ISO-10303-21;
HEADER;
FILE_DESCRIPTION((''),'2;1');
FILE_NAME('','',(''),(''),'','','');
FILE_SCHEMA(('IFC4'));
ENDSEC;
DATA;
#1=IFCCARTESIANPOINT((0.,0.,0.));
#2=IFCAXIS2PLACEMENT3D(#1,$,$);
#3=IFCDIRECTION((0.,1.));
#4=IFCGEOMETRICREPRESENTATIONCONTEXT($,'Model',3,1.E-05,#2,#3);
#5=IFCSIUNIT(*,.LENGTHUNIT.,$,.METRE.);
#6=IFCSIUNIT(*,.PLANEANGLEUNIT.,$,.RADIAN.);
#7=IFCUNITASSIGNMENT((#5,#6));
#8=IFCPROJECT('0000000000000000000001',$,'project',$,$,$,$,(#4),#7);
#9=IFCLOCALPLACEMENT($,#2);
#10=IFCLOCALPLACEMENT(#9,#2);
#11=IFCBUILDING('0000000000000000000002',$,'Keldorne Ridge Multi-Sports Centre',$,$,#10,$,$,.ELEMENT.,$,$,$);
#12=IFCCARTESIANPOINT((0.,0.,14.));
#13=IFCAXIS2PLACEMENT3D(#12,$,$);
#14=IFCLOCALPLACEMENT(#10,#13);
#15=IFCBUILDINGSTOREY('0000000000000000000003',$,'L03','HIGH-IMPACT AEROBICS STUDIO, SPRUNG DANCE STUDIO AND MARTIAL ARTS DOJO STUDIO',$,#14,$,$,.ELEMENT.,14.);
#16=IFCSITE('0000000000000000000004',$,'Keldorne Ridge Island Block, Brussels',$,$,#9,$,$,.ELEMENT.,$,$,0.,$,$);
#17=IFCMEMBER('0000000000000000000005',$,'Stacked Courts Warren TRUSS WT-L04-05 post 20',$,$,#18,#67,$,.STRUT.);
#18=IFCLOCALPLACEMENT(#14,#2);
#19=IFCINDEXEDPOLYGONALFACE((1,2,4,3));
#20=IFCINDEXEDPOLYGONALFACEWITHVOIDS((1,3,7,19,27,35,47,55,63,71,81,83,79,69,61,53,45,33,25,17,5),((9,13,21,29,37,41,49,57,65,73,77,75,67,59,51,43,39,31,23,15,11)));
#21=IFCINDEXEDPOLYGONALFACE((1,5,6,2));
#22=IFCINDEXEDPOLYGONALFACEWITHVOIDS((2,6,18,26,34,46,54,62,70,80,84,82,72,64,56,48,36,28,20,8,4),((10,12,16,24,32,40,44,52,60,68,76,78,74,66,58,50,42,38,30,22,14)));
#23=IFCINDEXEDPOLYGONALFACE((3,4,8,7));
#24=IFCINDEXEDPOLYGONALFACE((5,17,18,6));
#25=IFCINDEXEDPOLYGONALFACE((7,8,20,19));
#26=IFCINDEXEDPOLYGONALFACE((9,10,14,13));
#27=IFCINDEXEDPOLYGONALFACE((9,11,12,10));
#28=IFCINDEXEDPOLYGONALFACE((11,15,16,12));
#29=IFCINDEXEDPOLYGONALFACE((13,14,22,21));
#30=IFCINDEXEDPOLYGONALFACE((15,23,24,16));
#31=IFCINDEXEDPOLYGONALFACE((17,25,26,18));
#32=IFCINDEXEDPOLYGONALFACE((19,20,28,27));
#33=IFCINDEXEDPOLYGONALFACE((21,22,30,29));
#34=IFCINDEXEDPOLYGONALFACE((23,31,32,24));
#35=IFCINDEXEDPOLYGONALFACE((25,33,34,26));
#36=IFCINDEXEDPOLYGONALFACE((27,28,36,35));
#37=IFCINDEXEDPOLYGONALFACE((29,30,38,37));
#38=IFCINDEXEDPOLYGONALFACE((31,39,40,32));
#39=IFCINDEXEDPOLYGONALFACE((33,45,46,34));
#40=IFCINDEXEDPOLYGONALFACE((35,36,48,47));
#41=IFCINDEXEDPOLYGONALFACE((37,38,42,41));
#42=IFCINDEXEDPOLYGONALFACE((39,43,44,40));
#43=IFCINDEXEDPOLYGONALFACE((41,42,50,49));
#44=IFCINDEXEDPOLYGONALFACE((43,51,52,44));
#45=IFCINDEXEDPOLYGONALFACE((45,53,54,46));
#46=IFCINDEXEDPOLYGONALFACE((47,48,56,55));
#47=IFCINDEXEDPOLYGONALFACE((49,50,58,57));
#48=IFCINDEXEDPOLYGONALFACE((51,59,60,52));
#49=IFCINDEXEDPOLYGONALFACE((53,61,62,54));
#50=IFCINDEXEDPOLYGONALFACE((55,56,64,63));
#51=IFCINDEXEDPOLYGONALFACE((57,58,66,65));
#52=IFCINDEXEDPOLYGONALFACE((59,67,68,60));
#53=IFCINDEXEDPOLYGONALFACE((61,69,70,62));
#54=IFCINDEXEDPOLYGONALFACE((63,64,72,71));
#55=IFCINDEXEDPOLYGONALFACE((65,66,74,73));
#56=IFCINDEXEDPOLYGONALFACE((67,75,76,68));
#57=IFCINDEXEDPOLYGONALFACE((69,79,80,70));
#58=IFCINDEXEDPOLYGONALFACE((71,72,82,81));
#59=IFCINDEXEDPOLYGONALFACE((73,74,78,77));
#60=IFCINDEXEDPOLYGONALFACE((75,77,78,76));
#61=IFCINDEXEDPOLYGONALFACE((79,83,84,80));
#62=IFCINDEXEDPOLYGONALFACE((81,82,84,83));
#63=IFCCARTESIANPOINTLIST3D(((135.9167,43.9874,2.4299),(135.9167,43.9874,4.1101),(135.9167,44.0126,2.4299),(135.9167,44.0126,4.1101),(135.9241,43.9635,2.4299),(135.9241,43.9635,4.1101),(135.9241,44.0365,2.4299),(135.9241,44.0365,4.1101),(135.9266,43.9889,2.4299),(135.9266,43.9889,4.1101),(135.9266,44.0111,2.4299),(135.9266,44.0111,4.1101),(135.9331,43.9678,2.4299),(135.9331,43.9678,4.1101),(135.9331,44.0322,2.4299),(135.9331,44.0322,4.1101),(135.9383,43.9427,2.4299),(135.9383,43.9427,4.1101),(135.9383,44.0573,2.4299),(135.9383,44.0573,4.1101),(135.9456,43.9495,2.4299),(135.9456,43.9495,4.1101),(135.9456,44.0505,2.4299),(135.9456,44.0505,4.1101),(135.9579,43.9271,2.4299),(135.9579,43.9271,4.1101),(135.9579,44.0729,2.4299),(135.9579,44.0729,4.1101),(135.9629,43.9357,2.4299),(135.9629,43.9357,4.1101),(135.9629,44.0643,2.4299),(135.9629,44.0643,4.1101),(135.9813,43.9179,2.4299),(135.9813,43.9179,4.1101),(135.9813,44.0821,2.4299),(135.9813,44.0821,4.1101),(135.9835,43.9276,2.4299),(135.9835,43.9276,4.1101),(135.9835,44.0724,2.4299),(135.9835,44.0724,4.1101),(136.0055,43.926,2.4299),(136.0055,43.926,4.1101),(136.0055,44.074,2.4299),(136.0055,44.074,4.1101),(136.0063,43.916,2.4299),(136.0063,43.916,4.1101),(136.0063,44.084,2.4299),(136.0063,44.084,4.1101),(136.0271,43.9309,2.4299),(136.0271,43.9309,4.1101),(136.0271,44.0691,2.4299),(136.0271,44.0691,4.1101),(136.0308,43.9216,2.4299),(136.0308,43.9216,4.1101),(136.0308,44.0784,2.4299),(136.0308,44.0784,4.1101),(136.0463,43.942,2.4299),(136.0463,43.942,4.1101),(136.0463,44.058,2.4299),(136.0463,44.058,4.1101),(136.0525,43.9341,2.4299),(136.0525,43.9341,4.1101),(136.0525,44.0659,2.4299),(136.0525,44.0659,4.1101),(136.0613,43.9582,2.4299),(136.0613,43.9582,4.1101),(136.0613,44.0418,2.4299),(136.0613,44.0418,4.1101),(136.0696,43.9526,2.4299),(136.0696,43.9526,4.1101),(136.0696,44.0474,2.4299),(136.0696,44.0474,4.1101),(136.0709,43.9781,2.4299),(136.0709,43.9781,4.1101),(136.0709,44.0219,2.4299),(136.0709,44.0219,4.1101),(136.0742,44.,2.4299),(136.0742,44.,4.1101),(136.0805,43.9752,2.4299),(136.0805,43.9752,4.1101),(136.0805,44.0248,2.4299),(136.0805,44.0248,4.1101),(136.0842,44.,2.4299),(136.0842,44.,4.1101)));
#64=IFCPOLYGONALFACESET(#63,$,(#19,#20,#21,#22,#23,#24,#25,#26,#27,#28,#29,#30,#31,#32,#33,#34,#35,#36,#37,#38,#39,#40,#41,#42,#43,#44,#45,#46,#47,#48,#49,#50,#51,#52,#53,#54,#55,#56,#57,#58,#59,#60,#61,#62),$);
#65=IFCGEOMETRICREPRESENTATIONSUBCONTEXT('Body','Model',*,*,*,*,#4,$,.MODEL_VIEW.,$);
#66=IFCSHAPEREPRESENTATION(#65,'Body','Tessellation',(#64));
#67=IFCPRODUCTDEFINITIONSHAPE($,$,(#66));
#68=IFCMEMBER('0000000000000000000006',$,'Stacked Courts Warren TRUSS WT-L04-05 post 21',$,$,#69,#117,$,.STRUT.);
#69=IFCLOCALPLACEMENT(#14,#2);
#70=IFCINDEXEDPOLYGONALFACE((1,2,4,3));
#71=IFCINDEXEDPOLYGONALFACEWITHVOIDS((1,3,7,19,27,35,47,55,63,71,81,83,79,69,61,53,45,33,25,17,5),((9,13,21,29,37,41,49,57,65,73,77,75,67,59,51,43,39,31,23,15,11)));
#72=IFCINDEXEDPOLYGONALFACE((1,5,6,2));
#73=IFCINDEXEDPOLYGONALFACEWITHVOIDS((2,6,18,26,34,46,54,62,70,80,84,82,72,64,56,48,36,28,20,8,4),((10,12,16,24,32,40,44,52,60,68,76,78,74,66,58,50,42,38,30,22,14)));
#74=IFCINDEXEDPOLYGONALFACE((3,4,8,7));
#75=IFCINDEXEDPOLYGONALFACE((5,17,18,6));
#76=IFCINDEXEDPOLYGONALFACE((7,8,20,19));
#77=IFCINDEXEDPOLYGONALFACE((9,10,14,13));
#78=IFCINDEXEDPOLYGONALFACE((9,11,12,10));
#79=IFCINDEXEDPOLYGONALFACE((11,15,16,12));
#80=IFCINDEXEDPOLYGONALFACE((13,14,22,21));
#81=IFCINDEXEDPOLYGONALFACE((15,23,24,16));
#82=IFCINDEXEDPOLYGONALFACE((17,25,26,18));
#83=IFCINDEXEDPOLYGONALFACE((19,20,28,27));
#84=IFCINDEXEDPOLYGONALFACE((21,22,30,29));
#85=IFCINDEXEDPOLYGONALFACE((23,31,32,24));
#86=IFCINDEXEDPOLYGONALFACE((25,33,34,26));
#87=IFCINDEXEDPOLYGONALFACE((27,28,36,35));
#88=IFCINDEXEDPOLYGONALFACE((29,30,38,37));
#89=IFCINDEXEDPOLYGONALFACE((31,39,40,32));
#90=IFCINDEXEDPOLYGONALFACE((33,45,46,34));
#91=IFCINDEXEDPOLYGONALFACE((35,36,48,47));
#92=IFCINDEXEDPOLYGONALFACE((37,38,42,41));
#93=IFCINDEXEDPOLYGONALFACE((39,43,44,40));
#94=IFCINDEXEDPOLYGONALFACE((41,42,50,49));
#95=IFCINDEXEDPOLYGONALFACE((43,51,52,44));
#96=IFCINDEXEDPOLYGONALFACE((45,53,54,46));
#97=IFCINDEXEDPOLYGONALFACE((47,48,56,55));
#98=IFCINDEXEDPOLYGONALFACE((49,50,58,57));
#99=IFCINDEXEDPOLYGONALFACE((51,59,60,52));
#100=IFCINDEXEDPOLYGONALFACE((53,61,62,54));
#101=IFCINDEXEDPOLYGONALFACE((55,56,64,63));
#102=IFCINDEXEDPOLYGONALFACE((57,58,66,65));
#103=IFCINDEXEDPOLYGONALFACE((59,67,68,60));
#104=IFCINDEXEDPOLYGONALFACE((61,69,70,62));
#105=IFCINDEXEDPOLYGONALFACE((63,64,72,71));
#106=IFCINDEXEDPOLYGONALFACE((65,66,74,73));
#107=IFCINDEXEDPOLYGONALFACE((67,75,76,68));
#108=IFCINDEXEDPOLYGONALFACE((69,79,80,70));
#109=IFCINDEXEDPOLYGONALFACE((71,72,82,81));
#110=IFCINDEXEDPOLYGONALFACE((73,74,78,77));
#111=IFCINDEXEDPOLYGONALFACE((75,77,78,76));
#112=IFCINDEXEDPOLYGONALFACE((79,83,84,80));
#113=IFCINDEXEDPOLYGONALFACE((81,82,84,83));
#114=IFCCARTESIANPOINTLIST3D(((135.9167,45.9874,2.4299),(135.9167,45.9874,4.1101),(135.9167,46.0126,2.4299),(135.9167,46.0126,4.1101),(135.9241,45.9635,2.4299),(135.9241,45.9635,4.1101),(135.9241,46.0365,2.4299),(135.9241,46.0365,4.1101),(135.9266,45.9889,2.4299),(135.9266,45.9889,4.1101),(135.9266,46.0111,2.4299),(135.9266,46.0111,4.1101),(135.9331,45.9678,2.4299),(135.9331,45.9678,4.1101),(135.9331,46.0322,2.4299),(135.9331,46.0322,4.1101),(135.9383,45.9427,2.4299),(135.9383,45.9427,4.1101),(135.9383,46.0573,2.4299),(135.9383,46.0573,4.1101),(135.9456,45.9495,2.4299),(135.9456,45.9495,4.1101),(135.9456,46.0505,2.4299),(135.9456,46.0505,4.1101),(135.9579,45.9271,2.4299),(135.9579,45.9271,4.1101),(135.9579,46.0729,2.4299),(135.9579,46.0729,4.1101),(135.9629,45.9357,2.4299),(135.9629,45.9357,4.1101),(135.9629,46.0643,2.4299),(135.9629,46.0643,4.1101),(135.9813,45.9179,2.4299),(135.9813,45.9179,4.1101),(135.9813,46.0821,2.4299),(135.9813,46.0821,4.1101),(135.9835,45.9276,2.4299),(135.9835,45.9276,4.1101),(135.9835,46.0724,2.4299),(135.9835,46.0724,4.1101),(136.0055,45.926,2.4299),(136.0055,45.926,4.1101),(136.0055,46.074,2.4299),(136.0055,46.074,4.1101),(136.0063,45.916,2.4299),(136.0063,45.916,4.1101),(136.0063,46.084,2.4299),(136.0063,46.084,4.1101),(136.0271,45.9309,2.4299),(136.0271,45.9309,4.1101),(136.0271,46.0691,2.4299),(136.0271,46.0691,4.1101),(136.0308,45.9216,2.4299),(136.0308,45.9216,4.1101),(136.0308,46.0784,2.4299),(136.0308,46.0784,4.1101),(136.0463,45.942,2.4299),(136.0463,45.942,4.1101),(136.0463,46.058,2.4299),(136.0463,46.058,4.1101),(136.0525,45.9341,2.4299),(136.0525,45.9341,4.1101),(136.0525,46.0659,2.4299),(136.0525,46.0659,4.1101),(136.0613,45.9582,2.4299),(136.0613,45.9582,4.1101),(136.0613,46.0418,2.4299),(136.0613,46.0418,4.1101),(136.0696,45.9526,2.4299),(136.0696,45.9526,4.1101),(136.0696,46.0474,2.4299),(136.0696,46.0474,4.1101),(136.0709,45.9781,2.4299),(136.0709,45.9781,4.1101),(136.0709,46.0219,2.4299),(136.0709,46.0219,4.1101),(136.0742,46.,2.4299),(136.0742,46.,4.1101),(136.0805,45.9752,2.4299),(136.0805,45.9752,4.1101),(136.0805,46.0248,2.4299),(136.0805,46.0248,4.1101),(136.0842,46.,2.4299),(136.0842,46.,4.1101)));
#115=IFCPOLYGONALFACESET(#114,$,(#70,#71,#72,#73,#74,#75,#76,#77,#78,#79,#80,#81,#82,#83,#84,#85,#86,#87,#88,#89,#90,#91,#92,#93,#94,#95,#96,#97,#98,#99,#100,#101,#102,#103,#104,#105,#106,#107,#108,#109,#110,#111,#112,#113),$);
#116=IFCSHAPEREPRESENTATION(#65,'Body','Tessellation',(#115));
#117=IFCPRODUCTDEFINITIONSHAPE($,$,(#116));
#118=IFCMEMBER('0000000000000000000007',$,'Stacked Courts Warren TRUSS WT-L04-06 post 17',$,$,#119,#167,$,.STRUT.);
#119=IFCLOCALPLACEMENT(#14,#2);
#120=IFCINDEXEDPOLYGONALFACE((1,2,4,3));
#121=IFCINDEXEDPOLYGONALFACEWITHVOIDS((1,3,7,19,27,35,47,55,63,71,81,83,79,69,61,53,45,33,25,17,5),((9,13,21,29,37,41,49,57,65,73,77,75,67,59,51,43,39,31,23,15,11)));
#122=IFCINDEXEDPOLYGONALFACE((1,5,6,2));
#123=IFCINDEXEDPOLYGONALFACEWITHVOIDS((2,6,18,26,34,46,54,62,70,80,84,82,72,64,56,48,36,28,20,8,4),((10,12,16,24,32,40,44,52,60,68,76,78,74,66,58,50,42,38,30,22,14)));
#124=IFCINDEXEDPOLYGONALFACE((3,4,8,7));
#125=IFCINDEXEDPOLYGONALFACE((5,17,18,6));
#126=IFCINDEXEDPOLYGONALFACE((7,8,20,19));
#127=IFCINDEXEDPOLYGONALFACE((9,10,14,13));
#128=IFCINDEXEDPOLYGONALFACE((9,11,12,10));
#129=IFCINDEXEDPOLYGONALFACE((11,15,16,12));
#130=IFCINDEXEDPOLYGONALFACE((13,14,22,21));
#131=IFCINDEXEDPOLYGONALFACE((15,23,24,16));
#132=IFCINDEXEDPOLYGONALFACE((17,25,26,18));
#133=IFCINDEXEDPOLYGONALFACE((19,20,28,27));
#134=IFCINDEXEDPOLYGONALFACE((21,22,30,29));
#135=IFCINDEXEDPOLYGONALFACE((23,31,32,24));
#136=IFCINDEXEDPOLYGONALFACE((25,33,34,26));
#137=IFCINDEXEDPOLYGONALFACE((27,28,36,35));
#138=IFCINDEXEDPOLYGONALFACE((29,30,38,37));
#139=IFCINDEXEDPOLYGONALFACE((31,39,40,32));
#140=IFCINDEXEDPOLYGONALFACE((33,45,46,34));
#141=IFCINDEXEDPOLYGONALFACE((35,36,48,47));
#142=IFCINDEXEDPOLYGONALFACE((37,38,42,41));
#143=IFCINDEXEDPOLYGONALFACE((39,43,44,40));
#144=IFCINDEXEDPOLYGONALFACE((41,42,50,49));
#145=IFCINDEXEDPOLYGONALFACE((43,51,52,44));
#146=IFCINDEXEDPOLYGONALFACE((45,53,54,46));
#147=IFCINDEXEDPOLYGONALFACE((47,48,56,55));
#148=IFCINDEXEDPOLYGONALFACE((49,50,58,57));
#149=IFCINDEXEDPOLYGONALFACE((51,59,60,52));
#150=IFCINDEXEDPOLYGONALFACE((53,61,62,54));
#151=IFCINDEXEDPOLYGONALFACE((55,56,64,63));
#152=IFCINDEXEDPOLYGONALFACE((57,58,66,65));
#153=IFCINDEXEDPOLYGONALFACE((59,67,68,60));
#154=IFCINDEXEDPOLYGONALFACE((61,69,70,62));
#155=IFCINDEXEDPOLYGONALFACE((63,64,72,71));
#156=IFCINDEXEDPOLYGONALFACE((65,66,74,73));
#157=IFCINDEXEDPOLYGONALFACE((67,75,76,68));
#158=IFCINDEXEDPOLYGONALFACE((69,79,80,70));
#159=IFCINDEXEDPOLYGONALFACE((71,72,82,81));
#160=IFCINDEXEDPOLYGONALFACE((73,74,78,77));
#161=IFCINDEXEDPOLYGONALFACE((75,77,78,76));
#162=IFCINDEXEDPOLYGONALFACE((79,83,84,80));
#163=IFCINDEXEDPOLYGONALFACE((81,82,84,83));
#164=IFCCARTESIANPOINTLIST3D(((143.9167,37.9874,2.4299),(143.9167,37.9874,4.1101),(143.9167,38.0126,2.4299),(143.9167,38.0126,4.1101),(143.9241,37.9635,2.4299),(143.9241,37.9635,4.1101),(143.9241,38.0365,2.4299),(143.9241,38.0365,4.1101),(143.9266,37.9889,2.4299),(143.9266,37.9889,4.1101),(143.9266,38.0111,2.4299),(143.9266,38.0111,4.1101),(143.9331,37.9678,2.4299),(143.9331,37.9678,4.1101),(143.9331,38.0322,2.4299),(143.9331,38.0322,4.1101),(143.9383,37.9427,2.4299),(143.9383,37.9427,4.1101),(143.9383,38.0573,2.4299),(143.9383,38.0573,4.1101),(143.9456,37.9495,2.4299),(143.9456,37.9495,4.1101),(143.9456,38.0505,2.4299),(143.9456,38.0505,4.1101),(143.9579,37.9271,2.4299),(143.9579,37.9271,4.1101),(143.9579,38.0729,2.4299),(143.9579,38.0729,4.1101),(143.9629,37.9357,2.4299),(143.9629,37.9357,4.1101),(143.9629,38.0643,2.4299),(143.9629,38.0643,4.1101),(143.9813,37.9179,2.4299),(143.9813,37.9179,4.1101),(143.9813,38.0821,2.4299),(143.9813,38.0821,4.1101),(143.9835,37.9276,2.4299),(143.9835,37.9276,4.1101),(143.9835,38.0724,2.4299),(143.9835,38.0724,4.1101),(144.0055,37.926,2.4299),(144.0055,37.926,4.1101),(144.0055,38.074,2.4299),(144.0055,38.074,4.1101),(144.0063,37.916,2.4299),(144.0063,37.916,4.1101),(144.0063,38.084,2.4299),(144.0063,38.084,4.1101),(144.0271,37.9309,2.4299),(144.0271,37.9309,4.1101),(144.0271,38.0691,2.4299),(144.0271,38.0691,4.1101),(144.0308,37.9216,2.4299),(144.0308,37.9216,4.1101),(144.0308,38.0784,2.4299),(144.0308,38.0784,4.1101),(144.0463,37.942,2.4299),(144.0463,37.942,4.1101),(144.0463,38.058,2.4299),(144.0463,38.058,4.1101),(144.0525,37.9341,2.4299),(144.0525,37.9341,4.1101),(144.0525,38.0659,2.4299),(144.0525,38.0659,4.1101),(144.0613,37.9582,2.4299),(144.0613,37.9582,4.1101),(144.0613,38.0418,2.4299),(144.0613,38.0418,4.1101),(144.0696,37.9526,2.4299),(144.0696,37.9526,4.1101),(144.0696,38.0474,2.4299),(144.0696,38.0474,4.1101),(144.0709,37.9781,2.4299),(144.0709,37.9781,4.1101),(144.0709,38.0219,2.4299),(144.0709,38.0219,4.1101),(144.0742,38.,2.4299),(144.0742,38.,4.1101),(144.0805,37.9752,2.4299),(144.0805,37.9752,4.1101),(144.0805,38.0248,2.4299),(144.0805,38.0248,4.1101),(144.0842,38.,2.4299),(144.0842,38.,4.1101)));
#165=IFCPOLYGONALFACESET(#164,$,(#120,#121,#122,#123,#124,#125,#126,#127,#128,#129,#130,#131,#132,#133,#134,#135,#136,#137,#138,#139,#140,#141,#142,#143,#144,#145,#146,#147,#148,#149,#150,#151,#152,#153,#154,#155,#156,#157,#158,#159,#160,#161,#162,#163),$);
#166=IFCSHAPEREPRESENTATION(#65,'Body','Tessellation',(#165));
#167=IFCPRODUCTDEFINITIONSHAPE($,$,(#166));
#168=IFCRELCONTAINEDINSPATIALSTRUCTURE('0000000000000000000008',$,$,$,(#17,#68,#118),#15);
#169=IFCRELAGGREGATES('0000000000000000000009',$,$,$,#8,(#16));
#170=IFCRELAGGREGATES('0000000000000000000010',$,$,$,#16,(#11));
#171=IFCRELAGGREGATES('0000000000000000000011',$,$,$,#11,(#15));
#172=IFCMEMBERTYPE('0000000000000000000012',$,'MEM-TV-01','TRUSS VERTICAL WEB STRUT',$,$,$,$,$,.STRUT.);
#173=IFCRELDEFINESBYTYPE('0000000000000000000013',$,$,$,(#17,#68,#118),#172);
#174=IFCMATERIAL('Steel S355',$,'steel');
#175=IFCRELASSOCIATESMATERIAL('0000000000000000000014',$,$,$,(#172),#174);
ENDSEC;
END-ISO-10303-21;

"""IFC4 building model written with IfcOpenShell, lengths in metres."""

from ifc_helpers import new_model, si_unit, direction, frame, origin, origin_2d, place, context, subcontext, project, spatial, hollow_circle, extrude, material, material_profile, profile_set, type_object, element, save


model = new_model("IFC4")

# Units and contexts
model_context = context("Model", 3, precision=1e-05, world=origin(), true_north=direction((0.0, 1.0)))
body_context = subcontext(model_context, "Body", "Model", "MODEL_VIEW")
ifc_project = project(units=[si_unit("LENGTHUNIT", "METRE"), si_unit("PLANEANGLEUNIT", "RADIAN")], contexts=[model_context])

# Site, building, storey
site_placement = place(None, origin())
site = spatial("IfcSite", under=ifc_project, at=site_placement, Name="Keldorne Ridge Island Block, Brussels", CompositionType="ELEMENT", RefElevation=0.0)
building_placement = place(site_placement, origin())
building = spatial("IfcBuilding", under=site, at=building_placement, Name="Keldorne Ridge Multi-Sports Centre", CompositionType="ELEMENT")
storey_placement = place(building_placement, frame((0.0, 0.0, 14.0)))
storey = spatial("IfcBuildingStorey", under=building, at=storey_placement, Name="L03", Description="HIGH-IMPACT AEROBICS STUDIO, SPRUNG DANCE STUDIO AND MARTIAL ARTS DOJO STUDIO", CompositionType="ELEMENT", Elevation=14.0)

# Members
ifc_material = material(Name="Steel S355", Category="steel")
ifc_material_profile_1 = material_profile(ifc_material, hollow_circle(Radius=0.0842, WallThickness=0.01, at=origin_2d()), Name="CHS 168.3x10")
ifc_profile_set_1 = profile_set([ifc_material_profile_1], Name="Steel S355")
member_type_1 = type_object("IfcMemberType", Name="MEM-TV-01", Description="TRUSS VERTICAL WEB STRUT", PredefinedType="STRUT", material=ifc_profile_set_1)
for number, where, z_axis, x_axis, name in (
    (1, (136.0, 44.0, 2.4299), (0.0, 0.0, 1.0), (1.0, 0.0, 0.0), "Stacked Courts Warren TRUSS WT-L04-05 post 20"),
    (2, (136.0, 46.0, 2.4299), (0.0, 0.0, 1.0), (1.0, 0.0, 0.0), "Stacked Courts Warren TRUSS WT-L04-05 post 21"),
    (3, (144.0, 38.0, 2.4299), (0.0, 0.0, 1.0), (1.0, 0.0, 0.0), "Stacked Courts Warren TRUSS WT-L04-06 post 17"),
):
    element("IfcMember", number, at=place(storey_placement, frame(where, z_axis=z_axis, x_axis=x_axis)), inside=storey, type_object=member_type_1, Name=name, PredefinedType="STRUT", context=body_context, shape_type="SweptSolid", body=[
        extrude(hollow_circle(Radius=0.0842, WallThickness=0.01, at=origin_2d()), origin(), (0.0, 0.0, 1.0), 1.6802),
    ])

save(model, "model.ifc")
